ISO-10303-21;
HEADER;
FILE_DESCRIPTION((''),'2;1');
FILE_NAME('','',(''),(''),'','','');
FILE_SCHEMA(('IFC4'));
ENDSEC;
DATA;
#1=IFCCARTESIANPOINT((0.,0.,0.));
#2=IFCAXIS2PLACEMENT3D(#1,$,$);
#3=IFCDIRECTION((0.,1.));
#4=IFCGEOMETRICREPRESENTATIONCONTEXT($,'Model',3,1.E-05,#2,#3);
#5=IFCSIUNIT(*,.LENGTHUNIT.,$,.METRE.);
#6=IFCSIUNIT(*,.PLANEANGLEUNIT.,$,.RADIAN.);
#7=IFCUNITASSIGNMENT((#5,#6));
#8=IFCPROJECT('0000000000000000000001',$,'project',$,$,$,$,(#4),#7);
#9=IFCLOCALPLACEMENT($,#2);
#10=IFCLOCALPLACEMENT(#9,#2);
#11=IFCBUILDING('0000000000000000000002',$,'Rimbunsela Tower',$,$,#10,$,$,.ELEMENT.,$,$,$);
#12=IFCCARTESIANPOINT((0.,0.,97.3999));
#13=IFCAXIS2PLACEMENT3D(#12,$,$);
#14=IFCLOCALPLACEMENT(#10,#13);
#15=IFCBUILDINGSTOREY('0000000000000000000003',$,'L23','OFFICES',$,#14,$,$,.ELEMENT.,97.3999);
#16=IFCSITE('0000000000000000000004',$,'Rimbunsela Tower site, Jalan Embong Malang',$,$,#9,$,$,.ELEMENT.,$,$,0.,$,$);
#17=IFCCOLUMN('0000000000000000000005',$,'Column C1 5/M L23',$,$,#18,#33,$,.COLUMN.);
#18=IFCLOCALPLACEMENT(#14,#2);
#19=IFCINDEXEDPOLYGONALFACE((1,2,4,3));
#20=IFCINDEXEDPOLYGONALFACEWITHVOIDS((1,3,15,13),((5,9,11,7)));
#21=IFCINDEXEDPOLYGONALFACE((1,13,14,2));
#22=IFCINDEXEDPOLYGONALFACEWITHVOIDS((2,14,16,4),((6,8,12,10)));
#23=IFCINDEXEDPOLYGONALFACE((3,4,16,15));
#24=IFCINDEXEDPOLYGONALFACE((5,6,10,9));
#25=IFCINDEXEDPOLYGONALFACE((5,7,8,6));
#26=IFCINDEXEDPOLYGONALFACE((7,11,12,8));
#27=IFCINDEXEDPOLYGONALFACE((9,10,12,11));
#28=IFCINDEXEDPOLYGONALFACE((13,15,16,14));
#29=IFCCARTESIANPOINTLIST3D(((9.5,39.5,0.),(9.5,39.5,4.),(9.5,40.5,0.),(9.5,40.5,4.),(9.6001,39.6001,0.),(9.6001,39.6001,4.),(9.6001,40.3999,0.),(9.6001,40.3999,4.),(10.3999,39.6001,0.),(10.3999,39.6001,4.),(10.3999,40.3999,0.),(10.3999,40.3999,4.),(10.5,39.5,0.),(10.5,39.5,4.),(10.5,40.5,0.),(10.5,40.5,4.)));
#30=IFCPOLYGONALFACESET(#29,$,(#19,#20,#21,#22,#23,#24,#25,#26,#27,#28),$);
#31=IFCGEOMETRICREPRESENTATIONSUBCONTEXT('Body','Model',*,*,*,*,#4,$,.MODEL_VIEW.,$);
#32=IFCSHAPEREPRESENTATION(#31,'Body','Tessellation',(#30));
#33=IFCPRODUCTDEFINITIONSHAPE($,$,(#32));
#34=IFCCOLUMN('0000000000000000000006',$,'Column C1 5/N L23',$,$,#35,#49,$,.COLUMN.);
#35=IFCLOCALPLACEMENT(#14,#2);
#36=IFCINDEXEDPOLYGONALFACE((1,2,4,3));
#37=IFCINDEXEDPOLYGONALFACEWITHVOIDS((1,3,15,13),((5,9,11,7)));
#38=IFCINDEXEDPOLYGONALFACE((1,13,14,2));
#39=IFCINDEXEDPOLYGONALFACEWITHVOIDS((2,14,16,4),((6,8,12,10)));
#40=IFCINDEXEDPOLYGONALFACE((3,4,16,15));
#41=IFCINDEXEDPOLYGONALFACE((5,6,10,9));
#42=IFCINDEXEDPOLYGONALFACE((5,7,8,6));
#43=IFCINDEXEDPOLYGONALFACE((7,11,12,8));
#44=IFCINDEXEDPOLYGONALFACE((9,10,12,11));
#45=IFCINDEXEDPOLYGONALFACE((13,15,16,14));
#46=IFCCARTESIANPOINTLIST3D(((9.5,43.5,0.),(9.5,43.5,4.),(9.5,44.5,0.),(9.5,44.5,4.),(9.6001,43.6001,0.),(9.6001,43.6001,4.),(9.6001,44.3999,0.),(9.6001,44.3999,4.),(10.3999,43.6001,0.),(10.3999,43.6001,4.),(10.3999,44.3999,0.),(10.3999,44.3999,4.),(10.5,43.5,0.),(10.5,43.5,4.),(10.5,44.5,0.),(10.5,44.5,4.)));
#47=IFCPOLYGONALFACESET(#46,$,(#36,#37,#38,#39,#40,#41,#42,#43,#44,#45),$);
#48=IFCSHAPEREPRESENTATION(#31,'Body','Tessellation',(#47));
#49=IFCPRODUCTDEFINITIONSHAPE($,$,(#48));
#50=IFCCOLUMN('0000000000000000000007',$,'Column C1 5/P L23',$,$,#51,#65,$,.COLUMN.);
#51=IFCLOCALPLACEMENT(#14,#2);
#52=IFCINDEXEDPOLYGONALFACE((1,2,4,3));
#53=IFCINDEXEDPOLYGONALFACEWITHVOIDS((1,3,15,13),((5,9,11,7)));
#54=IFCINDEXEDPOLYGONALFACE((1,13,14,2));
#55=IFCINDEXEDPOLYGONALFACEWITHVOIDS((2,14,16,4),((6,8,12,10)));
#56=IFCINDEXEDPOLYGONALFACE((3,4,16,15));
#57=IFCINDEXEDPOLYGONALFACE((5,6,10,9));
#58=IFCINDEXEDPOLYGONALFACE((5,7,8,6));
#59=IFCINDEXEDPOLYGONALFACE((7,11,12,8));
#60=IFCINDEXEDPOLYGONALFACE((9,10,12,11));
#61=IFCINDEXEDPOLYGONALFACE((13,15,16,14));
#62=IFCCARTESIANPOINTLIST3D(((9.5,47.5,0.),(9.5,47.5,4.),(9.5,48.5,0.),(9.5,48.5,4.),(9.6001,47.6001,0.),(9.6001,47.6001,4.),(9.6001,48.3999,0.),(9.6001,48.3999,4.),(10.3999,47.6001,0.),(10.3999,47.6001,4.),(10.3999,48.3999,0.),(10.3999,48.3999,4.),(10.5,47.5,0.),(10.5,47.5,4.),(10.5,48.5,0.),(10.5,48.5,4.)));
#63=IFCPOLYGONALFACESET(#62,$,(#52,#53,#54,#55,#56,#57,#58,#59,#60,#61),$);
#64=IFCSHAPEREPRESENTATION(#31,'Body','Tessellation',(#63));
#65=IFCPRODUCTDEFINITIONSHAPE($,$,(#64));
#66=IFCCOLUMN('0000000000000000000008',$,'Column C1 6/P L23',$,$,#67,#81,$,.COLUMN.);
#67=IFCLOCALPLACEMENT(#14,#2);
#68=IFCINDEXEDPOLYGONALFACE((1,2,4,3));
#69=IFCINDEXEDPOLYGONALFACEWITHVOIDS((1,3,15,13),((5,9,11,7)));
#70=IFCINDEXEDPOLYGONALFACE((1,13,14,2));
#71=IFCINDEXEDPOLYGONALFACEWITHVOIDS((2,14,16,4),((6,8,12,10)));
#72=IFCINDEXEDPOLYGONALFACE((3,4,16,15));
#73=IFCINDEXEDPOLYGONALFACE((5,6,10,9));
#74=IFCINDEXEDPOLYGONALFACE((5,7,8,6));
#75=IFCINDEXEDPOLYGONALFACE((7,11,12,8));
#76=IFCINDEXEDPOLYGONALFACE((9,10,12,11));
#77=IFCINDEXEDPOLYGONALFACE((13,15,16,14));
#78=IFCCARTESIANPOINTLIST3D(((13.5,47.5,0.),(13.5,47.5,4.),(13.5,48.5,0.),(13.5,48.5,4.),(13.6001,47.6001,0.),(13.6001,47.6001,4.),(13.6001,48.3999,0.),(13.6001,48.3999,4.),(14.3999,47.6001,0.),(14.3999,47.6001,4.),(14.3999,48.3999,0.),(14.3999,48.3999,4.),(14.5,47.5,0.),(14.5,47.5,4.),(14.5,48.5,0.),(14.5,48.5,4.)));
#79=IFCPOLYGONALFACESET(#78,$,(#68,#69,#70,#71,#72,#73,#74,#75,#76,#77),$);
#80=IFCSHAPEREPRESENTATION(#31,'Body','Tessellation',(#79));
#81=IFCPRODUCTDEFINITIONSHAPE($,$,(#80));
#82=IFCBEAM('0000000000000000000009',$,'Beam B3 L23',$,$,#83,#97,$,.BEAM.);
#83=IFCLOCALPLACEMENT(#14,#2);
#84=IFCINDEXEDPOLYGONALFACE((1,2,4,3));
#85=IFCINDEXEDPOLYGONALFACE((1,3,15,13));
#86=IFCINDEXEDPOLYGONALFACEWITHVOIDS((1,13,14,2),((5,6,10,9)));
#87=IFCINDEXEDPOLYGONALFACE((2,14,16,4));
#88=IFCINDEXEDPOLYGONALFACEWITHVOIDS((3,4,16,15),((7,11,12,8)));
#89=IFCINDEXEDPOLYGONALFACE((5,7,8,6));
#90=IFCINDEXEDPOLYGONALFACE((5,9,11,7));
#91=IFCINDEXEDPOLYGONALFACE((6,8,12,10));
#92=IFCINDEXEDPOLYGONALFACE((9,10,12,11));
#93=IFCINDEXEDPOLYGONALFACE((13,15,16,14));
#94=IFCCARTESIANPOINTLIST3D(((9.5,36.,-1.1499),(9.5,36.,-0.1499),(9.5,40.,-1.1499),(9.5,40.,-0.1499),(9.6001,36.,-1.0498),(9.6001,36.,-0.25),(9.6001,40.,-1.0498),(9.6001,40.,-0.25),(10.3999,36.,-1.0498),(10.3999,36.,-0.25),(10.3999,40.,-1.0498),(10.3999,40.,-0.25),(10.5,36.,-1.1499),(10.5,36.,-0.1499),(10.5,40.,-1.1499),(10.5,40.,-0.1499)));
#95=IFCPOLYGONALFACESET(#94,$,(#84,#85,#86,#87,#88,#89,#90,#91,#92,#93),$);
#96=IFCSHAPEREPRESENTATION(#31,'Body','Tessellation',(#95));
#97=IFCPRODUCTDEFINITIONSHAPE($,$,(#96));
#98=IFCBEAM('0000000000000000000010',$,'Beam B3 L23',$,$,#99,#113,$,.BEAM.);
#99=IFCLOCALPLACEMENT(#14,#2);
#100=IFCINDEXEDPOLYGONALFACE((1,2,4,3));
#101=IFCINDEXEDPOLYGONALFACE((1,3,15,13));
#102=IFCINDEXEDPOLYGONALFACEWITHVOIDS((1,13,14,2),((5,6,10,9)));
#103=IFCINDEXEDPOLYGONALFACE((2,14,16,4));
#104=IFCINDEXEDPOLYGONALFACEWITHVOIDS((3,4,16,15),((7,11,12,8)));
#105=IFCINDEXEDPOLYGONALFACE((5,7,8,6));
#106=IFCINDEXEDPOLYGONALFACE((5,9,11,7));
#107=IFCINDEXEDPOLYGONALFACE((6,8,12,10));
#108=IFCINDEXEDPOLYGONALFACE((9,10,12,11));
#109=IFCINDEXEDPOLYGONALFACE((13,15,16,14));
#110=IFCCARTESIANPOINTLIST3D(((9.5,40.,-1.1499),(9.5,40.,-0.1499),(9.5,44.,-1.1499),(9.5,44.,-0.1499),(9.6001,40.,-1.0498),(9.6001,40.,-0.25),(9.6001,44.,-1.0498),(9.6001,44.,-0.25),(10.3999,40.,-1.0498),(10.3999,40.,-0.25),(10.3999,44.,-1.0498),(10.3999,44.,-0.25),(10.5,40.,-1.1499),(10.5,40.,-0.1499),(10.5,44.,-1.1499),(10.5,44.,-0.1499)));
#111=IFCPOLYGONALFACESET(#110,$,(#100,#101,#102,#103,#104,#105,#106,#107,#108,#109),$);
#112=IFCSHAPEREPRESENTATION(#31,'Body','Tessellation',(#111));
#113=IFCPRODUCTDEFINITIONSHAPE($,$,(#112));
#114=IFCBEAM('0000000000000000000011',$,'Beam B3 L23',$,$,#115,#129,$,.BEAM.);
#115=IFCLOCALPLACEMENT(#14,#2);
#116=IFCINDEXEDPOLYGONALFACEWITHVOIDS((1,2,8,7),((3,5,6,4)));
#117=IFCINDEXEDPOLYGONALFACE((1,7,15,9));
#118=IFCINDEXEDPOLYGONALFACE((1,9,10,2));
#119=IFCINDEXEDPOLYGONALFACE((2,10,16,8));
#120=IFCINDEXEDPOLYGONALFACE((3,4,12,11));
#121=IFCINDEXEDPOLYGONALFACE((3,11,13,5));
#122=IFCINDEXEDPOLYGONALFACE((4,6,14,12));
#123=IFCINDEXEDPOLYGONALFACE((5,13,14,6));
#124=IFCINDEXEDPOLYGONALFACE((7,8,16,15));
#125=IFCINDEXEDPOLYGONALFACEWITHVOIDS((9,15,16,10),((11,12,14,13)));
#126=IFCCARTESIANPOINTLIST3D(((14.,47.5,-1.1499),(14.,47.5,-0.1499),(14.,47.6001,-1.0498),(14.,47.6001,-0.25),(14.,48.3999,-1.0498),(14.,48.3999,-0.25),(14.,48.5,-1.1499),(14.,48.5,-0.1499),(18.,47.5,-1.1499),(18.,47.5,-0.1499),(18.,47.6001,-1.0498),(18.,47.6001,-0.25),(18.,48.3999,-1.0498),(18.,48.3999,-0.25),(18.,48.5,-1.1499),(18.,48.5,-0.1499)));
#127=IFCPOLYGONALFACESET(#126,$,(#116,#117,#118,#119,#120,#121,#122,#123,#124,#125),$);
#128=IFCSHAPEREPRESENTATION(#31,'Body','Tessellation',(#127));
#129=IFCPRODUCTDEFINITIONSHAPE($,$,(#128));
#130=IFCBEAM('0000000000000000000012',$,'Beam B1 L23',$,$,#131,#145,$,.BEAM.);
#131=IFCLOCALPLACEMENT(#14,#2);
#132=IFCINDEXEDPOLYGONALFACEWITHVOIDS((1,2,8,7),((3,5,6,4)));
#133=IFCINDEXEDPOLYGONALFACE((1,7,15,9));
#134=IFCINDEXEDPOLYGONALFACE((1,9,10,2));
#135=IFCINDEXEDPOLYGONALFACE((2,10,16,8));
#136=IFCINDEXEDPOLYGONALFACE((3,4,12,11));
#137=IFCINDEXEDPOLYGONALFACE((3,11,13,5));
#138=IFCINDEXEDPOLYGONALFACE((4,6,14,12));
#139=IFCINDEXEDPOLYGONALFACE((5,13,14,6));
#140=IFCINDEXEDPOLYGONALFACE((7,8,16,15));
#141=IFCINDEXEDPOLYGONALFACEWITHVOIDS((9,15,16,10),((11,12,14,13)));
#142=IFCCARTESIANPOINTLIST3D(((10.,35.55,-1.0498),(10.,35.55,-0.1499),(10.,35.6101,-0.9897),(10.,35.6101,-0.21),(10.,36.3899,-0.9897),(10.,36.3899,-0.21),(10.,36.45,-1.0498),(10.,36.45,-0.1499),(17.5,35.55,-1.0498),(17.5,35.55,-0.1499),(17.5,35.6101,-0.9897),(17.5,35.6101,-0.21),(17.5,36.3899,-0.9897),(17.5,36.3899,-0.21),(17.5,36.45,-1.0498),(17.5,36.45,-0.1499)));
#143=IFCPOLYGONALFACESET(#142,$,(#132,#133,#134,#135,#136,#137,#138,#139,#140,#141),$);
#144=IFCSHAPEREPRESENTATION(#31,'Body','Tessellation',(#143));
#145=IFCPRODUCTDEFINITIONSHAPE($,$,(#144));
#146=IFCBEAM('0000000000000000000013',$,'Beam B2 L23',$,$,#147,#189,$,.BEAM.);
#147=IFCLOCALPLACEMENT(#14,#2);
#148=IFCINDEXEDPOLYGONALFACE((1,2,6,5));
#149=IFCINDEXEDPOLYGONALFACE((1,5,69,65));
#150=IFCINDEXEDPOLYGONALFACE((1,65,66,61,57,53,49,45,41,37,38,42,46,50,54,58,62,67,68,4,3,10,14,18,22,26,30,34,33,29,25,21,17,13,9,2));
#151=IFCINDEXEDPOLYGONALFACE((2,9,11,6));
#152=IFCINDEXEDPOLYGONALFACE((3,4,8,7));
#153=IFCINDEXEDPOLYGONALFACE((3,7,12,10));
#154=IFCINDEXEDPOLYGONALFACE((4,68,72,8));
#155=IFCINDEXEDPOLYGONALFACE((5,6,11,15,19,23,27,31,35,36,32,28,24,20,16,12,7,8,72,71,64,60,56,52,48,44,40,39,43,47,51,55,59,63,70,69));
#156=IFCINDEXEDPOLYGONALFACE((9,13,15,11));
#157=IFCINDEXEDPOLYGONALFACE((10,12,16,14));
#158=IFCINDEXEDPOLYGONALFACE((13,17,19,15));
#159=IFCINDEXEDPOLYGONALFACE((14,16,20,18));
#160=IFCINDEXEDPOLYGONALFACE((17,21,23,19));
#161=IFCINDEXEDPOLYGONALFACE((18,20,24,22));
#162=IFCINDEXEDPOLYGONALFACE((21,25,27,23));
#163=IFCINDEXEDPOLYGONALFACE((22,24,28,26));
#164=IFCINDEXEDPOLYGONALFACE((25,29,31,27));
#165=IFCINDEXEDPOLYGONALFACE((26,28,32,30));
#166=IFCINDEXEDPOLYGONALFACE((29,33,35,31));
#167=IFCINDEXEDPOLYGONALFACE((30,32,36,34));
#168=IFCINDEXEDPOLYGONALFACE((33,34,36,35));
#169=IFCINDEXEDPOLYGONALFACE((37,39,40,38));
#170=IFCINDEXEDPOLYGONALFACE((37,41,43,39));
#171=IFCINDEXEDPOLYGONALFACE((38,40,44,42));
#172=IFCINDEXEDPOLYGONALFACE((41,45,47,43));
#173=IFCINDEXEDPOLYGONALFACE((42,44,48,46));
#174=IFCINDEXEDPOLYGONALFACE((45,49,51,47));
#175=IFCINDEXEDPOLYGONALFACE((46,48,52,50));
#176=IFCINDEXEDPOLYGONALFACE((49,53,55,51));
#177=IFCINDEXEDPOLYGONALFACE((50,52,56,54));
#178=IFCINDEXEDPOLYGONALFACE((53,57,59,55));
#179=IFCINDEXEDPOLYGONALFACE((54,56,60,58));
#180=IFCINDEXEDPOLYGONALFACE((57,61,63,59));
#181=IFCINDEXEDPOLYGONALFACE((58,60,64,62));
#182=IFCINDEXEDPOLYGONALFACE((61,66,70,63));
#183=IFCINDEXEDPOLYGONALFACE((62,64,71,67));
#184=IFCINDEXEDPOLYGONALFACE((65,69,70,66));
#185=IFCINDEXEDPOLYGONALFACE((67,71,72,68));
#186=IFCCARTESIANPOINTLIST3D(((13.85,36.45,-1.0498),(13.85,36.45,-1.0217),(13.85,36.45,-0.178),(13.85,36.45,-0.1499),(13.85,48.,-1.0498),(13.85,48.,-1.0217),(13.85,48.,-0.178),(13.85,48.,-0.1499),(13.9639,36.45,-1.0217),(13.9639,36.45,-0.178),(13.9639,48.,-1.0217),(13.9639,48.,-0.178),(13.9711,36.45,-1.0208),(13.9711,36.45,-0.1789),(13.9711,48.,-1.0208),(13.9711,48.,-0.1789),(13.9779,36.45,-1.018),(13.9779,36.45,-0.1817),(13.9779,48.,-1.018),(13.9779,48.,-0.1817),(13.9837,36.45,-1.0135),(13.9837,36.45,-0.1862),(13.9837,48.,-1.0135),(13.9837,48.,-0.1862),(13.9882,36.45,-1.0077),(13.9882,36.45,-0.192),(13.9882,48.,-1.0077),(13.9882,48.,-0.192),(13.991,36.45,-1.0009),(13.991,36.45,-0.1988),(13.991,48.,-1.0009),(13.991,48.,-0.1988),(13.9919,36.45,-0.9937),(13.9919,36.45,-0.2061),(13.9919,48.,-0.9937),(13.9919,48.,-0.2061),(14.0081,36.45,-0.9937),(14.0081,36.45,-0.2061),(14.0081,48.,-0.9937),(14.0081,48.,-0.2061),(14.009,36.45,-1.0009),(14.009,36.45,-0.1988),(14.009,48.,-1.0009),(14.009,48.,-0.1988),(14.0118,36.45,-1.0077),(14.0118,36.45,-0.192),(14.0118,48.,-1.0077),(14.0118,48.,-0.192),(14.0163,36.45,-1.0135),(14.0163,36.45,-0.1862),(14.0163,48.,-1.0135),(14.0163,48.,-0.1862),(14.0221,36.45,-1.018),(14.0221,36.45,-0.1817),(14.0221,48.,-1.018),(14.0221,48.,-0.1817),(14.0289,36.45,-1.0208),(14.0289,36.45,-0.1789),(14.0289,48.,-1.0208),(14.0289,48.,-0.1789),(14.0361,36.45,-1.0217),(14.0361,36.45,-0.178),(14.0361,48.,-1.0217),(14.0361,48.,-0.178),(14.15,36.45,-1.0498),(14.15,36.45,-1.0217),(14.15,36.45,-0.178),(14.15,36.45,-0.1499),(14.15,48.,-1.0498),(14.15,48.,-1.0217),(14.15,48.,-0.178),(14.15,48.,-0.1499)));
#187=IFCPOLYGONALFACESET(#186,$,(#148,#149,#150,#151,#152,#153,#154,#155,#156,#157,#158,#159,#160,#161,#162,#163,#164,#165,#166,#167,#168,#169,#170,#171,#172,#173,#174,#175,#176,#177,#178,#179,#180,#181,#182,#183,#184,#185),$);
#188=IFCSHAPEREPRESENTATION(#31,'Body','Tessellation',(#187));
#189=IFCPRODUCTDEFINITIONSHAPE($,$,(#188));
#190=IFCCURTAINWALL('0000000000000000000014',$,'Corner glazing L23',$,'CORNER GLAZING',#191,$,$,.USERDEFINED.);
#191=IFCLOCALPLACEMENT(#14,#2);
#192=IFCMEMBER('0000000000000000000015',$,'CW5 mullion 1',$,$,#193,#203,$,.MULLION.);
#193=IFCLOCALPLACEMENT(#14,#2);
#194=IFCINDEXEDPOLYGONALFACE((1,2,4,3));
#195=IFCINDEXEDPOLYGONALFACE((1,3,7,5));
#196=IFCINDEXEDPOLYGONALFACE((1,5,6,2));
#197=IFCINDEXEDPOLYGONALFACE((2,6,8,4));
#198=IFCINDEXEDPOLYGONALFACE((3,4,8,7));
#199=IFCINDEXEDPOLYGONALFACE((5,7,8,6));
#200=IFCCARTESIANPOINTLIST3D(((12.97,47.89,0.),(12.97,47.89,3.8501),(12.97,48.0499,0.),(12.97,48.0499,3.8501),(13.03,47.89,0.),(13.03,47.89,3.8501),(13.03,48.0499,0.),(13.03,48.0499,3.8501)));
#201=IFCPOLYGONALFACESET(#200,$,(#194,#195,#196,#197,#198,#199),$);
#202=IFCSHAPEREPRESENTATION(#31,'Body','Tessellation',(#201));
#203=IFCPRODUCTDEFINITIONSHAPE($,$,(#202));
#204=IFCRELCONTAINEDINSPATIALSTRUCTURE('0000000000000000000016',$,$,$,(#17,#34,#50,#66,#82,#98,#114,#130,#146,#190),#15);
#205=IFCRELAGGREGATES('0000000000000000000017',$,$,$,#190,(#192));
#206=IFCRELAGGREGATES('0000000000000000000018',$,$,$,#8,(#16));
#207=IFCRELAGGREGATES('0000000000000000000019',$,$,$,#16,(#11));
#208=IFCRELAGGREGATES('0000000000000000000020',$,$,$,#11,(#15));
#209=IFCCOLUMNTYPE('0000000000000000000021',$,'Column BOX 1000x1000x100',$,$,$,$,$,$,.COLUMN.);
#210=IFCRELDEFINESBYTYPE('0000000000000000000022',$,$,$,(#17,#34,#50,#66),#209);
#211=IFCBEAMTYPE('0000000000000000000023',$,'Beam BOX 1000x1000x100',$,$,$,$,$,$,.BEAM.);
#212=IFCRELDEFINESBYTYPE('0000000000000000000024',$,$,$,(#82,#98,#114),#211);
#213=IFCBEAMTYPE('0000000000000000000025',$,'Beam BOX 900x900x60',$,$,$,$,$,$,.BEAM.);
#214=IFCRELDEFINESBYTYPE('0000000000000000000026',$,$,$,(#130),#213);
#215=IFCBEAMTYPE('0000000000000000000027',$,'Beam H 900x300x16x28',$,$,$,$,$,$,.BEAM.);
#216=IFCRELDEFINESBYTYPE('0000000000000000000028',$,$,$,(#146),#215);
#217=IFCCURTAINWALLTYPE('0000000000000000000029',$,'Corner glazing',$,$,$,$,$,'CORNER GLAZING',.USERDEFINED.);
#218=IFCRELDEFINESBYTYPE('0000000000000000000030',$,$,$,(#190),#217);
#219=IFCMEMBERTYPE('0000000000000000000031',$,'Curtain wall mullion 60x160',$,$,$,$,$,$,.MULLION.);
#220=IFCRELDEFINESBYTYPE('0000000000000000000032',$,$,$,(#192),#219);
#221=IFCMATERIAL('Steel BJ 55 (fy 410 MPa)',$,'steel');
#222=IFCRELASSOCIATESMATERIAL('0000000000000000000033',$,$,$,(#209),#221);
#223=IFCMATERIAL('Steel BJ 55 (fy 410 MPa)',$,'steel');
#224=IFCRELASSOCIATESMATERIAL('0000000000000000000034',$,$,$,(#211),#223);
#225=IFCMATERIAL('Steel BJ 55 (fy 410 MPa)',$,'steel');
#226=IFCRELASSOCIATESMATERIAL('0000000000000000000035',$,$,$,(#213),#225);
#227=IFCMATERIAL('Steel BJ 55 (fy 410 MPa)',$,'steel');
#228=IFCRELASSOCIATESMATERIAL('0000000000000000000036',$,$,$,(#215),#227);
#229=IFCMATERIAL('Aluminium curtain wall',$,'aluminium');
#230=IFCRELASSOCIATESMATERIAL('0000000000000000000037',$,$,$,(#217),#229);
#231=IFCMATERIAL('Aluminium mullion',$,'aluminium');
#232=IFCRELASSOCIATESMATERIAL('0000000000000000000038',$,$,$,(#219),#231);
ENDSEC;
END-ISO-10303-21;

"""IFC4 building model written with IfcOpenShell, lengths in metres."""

from ifc_helpers import new_model, si_unit, direction, frame, origin, origin_2d, place, context, subcontext, project, spatial, rectangle, hollow_rectangle, i_section, extrude, material, material_profile, profile_set, type_object, element, aggregate, save


model = new_model("IFC4")

# Units and contexts
model_context = context("Model", 3, precision=1e-05, world=origin(), true_north=direction((0.0, 1.0)))
body_context = subcontext(model_context, "Body", "Model", "MODEL_VIEW")
ifc_project = project(units=[si_unit("LENGTHUNIT", "METRE"), si_unit("PLANEANGLEUNIT", "RADIAN")], contexts=[model_context])

# Site, building, storey
site_placement = place(None, origin())
site = spatial("IfcSite", under=ifc_project, at=site_placement, Name="Rimbunsela Tower site, Jalan Embong Malang", CompositionType="ELEMENT", RefElevation=0.0)
building_placement = place(site_placement, origin())
building = spatial("IfcBuilding", under=site, at=building_placement, Name="Rimbunsela Tower", CompositionType="ELEMENT")
storey_placement = place(building_placement, frame((0.0, 0.0, 97.3999)))
storey = spatial("IfcBuildingStorey", under=building, at=storey_placement, Name="L23", Description="OFFICES", CompositionType="ELEMENT", Elevation=97.3999)

# Columns
ifc_material_1 = material(Name="Steel BJ 55 (fy 410 MPa)", Category="steel")
ifc_material_profile_1 = material_profile(ifc_material_1, hollow_rectangle(XDim=1.0, YDim=1.0, WallThickness=0.1001, at=origin_2d()), Name="BOX 1000x1000x100")
ifc_profile_set_1 = profile_set([ifc_material_profile_1], Name="Steel BJ 55 (fy 410 MPa)")
column_type = type_object("IfcColumnType", Name="Column BOX 1000x1000x100", PredefinedType="COLUMN", material=ifc_profile_set_1)
for number, where, z_axis, x_axis, name in (
    (1, (10.0, 40.0, 0.0), (0.0, 0.0, 1.0), (1.0, 0.0, 0.0), "Column C1 5/M L23"),
    (2, (10.0, 44.0, 0.0), (0.0, 0.0, 1.0), (1.0, 0.0, 0.0), "Column C1 5/N L23"),
    (3, (10.0, 48.0, 0.0), (0.0, 0.0, 1.0), (1.0, 0.0, 0.0), "Column C1 5/P L23"),
    (4, (14.0, 48.0, 0.0), (0.0, 0.0, 1.0), (1.0, 0.0, 0.0), "Column C1 6/P L23"),
):
    element("IfcColumn", number, at=place(storey_placement, frame(where, z_axis=z_axis, x_axis=x_axis)), inside=storey, type_object=column_type, Name=name, PredefinedType="COLUMN", context=body_context, shape_type="SweptSolid", body=[
        extrude(hollow_rectangle(XDim=1.0, YDim=1.0, WallThickness=0.1001, at=origin_2d()), origin(), (0.0, 0.0, 1.0), 4.0),
    ])

# Beams
ifc_material_2 = material(Name="Steel BJ 55 (fy 410 MPa)", Category="steel")
ifc_material_profile_2 = material_profile(ifc_material_2, hollow_rectangle(XDim=1.0, YDim=1.0, WallThickness=0.1001, at=origin_2d()), Name="BOX 1000x1000x100")
ifc_profile_set_2 = profile_set([ifc_material_profile_2], Name="Steel BJ 55 (fy 410 MPa)")
beam_type_1 = type_object("IfcBeamType", Name="Beam BOX 1000x1000x100", PredefinedType="BEAM", material=ifc_profile_set_2)
for number, where, z_axis, x_axis, name in (
    (5, (10.0, 36.0, -0.6499), (0.0, 1.0, 0.0), (-1.0, 0.0, 0.0), "Beam B3 L23"),
    (6, (10.0, 40.0, -0.6499), (0.0, 1.0, 0.0), (-1.0, 0.0, 0.0), "Beam B3 L23"),
    (7, (14.0, 48.0, -0.6499), (1.0, 0.0, 0.0), (0.0, 1.0, 0.0), "Beam B3 L23"),
):
    element("IfcBeam", number, at=place(storey_placement, frame(where, z_axis=z_axis, x_axis=x_axis)), inside=storey, type_object=beam_type_1, Name=name, PredefinedType="BEAM", context=body_context, shape_type="SweptSolid", body=[
        extrude(hollow_rectangle(XDim=1.0, YDim=1.0, WallThickness=0.1001, at=origin_2d()), origin(), (0.0, 0.0, 1.0), 4.0),
    ])
ifc_material_3 = material(Name="Steel BJ 55 (fy 410 MPa)", Category="steel")
ifc_material_profile_3 = material_profile(ifc_material_3, hollow_rectangle(XDim=0.8999, YDim=0.8999, WallThickness=0.0601, at=origin_2d()), Name="BOX 900x900x60")
ifc_profile_set_3 = profile_set([ifc_material_profile_3], Name="Steel BJ 55 (fy 410 MPa)")
beam_type_2 = type_object("IfcBeamType", Name="Beam BOX 900x900x60", PredefinedType="BEAM", material=ifc_profile_set_3)
beam_1_placement = place(storey_placement, frame((10.0, 36.0, -0.5999), z_axis=(1.0, 0.0, 0.0), x_axis=(0.0, 1.0, 0.0)))
element("IfcBeam", 8, at=beam_1_placement, inside=storey, type_object=beam_type_2, Name="Beam B1 L23", PredefinedType="BEAM", context=body_context, shape_type="SweptSolid", body=[
    extrude(hollow_rectangle(XDim=0.8999, YDim=0.8999, WallThickness=0.0601, at=origin_2d()), origin(), (0.0, 0.0, 1.0), 7.5),
])
ifc_material_4 = material(Name="Steel BJ 55 (fy 410 MPa)", Category="steel")
ifc_material_profile_4 = material_profile(ifc_material_4, i_section(OverallWidth=0.3, OverallDepth=0.8999, WebThickness=0.0161, FlangeThickness=0.0281, FilletRadius=0.0281, at=origin_2d()), Name="H 900x300x16x28")
ifc_profile_set_4 = profile_set([ifc_material_profile_4], Name="Steel BJ 55 (fy 410 MPa)")
beam_type_3 = type_object("IfcBeamType", Name="Beam H 900x300x16x28", PredefinedType="BEAM", material=ifc_profile_set_4)
beam_2_placement = place(storey_placement, frame((14.0, 36.45, -0.5999), z_axis=(0.0, 1.0, 0.0), x_axis=(-1.0, 0.0, 0.0)))
element("IfcBeam", 9, at=beam_2_placement, inside=storey, type_object=beam_type_3, Name="Beam B2 L23", PredefinedType="BEAM", context=body_context, shape_type="SweptSolid", body=[
    extrude(i_section(OverallWidth=0.3, OverallDepth=0.8999, WebThickness=0.0161, FlangeThickness=0.0281, FilletRadius=0.0281, at=origin_2d()), origin(), (0.0, 0.0, 1.0), 11.55),
])

# Curtain wall, member
ifc_material_5 = material(Name="Aluminium curtain wall", Category="aluminium")
curtain_wall_type = type_object("IfcCurtainWallType", Name="Corner glazing", ElementType="CORNER GLAZING", PredefinedType="USERDEFINED", material=ifc_material_5)
curtain_wall_1_placement = place(storey_placement, origin())
curtain_wall_1 = element("IfcCurtainWall", 10, at=curtain_wall_1_placement, inside=storey, type_object=curtain_wall_type, Name="Corner glazing L23", ObjectType="CORNER GLAZING", PredefinedType="USERDEFINED")
ifc_material_6 = material(Name="Aluminium mullion", Category="aluminium")
ifc_material_profile_5 = material_profile(ifc_material_6, rectangle(XDim=0.0601, YDim=0.1599, at=origin_2d()), Name="Mullion 60x160")
ifc_profile_set_5 = profile_set([ifc_material_profile_5], Name="Aluminium mullion")
member_type_1 = type_object("IfcMemberType", Name="Curtain wall mullion 60x160", PredefinedType="MULLION", material=ifc_profile_set_5)
member_1_placement = place(storey_placement, frame((13.0, 47.97, 0.0), z_axis=(0.0, 0.0, 1.0), x_axis=(1.0, 0.0, 0.0)))
member_1 = element("IfcMember", 11, at=member_1_placement, type_object=member_type_1, Name="CW5 mullion 1", PredefinedType="MULLION", context=body_context, shape_type="SweptSolid", body=[
    extrude(rectangle(XDim=0.0601, YDim=0.1599, at=origin_2d()), origin(), (0.0, 0.0, 1.0), 3.8501),
])

aggregate(curtain_wall_1, [member_1])

save(model, "model.ifc")
